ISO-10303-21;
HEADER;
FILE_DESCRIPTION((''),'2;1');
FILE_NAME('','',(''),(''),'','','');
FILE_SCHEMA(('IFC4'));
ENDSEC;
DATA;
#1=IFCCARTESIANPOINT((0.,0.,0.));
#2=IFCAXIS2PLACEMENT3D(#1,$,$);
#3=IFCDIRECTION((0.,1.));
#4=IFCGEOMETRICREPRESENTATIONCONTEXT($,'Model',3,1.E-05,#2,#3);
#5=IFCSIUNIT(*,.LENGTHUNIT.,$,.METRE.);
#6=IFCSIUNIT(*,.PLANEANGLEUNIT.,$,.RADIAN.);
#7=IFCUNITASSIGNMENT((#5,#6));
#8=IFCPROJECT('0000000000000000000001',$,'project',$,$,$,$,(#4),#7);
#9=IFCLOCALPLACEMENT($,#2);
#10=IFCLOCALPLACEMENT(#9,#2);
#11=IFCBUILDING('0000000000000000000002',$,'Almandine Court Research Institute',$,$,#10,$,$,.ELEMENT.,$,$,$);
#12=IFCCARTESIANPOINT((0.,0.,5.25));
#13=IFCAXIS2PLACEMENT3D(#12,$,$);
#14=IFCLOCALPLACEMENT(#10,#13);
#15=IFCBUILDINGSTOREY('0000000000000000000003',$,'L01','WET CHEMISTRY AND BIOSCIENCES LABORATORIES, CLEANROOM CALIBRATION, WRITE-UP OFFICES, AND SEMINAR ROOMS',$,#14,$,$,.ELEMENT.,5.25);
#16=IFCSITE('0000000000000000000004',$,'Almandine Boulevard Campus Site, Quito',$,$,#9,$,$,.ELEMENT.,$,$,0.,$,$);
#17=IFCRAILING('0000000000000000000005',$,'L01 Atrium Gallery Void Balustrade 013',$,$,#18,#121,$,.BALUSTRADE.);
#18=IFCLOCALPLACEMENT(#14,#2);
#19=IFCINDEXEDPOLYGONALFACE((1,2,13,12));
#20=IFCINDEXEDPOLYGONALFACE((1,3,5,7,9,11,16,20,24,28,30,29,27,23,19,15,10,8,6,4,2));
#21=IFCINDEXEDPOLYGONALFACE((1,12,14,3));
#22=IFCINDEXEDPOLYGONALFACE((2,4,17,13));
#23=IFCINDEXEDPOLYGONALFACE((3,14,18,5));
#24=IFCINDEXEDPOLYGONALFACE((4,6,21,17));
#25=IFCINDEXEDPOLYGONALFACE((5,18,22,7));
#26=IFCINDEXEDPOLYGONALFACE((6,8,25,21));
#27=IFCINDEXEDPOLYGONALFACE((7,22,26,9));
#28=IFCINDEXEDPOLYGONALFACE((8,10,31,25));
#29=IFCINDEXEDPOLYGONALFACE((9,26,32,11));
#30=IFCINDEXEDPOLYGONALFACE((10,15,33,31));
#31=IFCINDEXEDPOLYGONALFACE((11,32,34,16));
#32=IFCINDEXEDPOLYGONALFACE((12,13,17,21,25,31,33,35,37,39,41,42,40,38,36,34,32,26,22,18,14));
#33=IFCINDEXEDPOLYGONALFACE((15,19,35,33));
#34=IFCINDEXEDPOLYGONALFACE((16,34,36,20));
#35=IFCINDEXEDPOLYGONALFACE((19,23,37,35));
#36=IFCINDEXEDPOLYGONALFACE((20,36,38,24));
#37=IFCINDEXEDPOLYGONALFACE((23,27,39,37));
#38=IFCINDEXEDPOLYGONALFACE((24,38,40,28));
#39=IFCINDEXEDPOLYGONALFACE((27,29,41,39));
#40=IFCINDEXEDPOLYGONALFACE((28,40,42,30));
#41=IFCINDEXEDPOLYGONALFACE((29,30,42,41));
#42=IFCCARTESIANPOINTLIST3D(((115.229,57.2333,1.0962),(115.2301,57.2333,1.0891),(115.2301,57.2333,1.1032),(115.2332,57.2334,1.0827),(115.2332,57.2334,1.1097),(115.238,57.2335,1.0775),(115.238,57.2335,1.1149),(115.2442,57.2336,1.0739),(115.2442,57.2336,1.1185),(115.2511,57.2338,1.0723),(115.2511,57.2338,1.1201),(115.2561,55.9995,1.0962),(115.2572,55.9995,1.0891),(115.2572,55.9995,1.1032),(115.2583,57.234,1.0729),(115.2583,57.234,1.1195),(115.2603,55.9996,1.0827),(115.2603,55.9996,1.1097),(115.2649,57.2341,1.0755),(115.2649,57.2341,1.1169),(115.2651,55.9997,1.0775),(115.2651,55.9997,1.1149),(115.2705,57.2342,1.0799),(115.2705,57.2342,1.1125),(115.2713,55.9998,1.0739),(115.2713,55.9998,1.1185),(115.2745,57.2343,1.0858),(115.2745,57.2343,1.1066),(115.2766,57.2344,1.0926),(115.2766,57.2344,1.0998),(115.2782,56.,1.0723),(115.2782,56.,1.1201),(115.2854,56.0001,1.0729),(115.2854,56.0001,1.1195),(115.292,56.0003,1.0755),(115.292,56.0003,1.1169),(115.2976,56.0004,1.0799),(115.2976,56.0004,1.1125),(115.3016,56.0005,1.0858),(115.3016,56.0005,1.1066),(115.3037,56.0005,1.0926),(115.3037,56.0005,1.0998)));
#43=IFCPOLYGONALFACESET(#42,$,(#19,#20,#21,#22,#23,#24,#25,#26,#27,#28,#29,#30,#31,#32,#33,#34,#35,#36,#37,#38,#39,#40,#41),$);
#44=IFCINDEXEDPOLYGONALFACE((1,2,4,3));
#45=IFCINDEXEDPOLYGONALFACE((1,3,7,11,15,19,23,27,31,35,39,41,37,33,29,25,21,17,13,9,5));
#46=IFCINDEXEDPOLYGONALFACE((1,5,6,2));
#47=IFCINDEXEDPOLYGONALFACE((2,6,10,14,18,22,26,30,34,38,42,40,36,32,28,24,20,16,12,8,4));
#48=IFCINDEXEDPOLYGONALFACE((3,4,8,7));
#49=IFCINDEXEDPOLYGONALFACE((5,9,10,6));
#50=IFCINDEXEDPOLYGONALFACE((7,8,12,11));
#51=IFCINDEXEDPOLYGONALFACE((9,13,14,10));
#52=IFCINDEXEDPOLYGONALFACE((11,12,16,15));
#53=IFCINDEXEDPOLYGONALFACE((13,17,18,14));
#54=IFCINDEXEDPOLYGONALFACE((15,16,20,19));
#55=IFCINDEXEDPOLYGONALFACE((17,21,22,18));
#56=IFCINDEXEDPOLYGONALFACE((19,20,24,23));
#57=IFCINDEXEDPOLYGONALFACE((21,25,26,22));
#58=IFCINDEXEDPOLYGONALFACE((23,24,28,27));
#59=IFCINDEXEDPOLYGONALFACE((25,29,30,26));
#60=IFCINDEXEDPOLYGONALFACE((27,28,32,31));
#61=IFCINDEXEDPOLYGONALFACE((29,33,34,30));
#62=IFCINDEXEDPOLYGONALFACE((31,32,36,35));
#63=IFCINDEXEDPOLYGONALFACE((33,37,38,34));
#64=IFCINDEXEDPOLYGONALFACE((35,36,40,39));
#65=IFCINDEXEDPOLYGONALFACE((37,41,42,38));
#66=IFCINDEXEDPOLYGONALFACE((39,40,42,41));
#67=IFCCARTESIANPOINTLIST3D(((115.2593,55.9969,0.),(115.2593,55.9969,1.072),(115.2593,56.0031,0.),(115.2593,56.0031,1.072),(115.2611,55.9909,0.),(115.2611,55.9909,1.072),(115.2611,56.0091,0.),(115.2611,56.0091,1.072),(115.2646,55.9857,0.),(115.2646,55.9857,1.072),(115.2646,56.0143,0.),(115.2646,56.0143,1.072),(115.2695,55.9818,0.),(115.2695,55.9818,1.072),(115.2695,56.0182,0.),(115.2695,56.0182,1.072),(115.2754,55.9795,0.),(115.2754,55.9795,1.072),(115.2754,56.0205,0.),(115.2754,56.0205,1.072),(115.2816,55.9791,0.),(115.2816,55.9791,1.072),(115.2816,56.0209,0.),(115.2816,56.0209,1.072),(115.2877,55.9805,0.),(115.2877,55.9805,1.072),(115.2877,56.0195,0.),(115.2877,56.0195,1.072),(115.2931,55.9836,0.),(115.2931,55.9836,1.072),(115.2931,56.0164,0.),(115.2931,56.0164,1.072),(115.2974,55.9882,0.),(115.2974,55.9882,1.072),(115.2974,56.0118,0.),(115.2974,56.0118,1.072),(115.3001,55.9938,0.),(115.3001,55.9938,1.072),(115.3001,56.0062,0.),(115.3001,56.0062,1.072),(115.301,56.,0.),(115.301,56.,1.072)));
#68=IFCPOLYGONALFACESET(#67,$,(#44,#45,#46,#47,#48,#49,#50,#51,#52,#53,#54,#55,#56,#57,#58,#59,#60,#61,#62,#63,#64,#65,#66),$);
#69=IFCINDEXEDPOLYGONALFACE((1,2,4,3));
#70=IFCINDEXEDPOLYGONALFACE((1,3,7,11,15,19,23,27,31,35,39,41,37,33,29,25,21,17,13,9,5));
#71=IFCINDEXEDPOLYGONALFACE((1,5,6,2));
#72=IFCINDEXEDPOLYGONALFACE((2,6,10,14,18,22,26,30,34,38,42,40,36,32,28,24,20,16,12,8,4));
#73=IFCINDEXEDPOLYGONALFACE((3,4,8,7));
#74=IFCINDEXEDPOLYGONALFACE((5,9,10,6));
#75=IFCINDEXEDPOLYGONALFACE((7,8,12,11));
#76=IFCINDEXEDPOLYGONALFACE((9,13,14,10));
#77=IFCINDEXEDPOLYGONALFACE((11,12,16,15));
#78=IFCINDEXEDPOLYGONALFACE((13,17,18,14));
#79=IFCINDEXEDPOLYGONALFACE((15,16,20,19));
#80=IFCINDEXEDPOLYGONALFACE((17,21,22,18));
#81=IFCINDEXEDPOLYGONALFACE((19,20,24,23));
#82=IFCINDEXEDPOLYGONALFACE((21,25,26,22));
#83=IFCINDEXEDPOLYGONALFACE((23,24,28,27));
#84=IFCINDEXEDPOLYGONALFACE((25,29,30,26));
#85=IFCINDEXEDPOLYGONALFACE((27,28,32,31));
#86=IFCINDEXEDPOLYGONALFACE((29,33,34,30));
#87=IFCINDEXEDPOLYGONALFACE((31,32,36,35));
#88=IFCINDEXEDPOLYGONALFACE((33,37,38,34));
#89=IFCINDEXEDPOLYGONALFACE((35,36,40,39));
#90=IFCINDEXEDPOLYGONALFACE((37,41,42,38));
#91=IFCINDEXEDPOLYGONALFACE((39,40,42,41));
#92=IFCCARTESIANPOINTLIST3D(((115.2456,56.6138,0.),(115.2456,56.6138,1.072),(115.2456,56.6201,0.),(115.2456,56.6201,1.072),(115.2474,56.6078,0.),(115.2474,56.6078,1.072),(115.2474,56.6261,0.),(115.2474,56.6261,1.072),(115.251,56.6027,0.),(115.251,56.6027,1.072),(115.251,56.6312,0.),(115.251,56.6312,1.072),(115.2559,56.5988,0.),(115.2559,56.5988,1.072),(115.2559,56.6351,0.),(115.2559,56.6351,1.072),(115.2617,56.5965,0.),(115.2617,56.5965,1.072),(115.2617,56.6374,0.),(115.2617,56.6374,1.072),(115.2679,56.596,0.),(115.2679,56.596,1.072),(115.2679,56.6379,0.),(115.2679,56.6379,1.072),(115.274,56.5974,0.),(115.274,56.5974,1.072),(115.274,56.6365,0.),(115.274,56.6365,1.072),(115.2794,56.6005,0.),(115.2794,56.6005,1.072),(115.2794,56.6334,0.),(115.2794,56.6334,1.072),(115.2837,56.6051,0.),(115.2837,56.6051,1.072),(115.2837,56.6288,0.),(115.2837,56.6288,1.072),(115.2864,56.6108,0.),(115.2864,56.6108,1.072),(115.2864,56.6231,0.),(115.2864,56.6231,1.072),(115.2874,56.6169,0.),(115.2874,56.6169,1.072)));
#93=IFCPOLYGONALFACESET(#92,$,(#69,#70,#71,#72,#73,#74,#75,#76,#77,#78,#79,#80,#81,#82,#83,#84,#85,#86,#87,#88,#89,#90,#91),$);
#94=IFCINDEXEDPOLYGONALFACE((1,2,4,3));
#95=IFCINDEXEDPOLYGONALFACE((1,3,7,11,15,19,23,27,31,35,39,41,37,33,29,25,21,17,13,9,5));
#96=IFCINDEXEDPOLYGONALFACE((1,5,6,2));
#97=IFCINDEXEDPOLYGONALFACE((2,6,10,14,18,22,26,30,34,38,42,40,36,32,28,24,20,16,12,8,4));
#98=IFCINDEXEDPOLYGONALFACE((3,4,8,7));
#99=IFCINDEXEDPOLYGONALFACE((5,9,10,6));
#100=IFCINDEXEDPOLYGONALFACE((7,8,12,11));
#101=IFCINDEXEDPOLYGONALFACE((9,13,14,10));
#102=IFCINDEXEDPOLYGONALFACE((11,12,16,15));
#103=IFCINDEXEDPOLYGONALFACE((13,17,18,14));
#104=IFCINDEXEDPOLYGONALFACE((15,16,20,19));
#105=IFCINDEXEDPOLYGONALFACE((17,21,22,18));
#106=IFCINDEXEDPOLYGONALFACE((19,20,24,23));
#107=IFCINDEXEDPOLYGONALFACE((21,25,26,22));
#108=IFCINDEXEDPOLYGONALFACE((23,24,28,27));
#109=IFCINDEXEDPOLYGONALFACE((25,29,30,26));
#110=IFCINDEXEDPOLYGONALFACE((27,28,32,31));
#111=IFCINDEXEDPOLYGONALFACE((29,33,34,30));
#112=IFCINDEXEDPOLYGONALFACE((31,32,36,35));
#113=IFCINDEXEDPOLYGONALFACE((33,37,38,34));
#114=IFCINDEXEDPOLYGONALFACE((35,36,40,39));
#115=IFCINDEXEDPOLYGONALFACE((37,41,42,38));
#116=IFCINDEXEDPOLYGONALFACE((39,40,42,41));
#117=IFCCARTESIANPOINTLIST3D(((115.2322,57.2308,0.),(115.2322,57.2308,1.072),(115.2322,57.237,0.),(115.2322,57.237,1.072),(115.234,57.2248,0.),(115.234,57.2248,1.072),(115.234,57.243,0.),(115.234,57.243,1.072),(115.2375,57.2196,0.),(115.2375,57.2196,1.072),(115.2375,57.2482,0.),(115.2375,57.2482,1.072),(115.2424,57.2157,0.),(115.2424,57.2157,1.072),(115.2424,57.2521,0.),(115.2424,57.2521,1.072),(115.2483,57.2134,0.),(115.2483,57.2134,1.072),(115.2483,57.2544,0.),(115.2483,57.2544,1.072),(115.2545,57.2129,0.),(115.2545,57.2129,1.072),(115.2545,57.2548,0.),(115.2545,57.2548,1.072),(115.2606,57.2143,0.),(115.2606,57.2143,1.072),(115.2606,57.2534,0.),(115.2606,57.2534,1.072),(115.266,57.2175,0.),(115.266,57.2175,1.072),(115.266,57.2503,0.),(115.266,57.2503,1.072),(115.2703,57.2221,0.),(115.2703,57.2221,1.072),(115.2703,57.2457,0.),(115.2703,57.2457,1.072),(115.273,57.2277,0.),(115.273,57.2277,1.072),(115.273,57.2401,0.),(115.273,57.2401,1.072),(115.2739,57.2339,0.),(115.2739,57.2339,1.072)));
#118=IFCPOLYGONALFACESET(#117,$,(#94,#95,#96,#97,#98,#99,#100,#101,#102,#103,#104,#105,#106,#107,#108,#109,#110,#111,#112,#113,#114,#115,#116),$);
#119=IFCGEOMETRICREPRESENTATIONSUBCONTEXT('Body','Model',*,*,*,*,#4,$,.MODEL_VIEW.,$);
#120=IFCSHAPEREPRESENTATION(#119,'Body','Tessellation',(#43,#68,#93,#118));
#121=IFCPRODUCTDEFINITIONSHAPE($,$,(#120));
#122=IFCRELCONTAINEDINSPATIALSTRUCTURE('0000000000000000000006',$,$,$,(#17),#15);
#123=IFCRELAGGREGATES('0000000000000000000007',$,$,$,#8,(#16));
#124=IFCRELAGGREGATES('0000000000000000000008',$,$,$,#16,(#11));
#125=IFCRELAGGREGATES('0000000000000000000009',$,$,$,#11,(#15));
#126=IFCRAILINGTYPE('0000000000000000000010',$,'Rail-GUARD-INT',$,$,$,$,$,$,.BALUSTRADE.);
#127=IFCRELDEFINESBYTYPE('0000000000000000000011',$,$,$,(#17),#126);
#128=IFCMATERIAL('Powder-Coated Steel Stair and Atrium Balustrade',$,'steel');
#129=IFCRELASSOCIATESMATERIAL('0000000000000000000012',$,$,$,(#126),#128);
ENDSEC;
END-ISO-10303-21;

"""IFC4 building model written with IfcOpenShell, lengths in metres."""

from ifc_helpers import new_model, si_unit, direction, frame, origin, origin_2d, place, context, subcontext, project, spatial, circle, extrude, material, type_object, element, save


model = new_model("IFC4")

# Units and contexts
model_context = context("Model", 3, precision=1e-05, world=origin(), true_north=direction((0.0, 1.0)))
body_context = subcontext(model_context, "Body", "Model", "MODEL_VIEW")
ifc_project = project(units=[si_unit("LENGTHUNIT", "METRE"), si_unit("PLANEANGLEUNIT", "RADIAN")], contexts=[model_context])

# Site, building, storey
site_placement = place(None, origin())
site = spatial("IfcSite", under=ifc_project, at=site_placement, Name="Almandine Boulevard Campus Site, Quito", CompositionType="ELEMENT", RefElevation=0.0)
building_placement = place(site_placement, origin())
building = spatial("IfcBuilding", under=site, at=building_placement, Name="Almandine Court Research Institute", CompositionType="ELEMENT")
storey_placement = place(building_placement, frame((0.0, 0.0, 5.25)))
storey = spatial("IfcBuildingStorey", under=building, at=storey_placement, Name="L01", Description="WET CHEMISTRY AND BIOSCIENCES LABORATORIES, CLEANROOM CALIBRATION, WRITE-UP OFFICES, AND SEMINAR ROOMS", CompositionType="ELEMENT", Elevation=5.25)

# Railing
ifc_material_1 = material(Name="Powder-Coated Steel Stair and Atrium Balustrade", Category="steel")
railing_type = type_object("IfcRailingType", Name="Rail-GUARD-INT", PredefinedType="BALUSTRADE", material=ifc_material_1)
railing_1_placement = place(storey_placement, frame((115.28, 56.0, 0.0)))
element("IfcRailing", 1, at=railing_1_placement, inside=storey, type_object=railing_type, Name="L01 Atrium Gallery Void Balustrade 013", PredefinedType="BALUSTRADE", context=body_context, shape_type="SweptSolid", body=[
    extrude(circle(Radius=0.0239, at=origin_2d()), frame((0.0, 0.0, 1.0962), z_axis=(-0.021958, 0.999759, 0.0), x_axis=(-0.999759, -0.021958, 0.0)), (0.0, 0.0, 1.0), 1.2341),
    extrude(circle(Radius=0.021, at=origin_2d()), origin(), (0.0, 0.0, 1.0), 1.072),
    extrude(circle(Radius=0.021, at=origin_2d()), frame((-0.0137, 0.6169, 0.0)), (0.0, 0.0, 1.0), 1.072),
    extrude(circle(Radius=0.021, at=origin_2d()), frame((-0.0271, 1.2339, 0.0)), (0.0, 0.0, 1.0), 1.072),
])

save(model, "model.ifc")
